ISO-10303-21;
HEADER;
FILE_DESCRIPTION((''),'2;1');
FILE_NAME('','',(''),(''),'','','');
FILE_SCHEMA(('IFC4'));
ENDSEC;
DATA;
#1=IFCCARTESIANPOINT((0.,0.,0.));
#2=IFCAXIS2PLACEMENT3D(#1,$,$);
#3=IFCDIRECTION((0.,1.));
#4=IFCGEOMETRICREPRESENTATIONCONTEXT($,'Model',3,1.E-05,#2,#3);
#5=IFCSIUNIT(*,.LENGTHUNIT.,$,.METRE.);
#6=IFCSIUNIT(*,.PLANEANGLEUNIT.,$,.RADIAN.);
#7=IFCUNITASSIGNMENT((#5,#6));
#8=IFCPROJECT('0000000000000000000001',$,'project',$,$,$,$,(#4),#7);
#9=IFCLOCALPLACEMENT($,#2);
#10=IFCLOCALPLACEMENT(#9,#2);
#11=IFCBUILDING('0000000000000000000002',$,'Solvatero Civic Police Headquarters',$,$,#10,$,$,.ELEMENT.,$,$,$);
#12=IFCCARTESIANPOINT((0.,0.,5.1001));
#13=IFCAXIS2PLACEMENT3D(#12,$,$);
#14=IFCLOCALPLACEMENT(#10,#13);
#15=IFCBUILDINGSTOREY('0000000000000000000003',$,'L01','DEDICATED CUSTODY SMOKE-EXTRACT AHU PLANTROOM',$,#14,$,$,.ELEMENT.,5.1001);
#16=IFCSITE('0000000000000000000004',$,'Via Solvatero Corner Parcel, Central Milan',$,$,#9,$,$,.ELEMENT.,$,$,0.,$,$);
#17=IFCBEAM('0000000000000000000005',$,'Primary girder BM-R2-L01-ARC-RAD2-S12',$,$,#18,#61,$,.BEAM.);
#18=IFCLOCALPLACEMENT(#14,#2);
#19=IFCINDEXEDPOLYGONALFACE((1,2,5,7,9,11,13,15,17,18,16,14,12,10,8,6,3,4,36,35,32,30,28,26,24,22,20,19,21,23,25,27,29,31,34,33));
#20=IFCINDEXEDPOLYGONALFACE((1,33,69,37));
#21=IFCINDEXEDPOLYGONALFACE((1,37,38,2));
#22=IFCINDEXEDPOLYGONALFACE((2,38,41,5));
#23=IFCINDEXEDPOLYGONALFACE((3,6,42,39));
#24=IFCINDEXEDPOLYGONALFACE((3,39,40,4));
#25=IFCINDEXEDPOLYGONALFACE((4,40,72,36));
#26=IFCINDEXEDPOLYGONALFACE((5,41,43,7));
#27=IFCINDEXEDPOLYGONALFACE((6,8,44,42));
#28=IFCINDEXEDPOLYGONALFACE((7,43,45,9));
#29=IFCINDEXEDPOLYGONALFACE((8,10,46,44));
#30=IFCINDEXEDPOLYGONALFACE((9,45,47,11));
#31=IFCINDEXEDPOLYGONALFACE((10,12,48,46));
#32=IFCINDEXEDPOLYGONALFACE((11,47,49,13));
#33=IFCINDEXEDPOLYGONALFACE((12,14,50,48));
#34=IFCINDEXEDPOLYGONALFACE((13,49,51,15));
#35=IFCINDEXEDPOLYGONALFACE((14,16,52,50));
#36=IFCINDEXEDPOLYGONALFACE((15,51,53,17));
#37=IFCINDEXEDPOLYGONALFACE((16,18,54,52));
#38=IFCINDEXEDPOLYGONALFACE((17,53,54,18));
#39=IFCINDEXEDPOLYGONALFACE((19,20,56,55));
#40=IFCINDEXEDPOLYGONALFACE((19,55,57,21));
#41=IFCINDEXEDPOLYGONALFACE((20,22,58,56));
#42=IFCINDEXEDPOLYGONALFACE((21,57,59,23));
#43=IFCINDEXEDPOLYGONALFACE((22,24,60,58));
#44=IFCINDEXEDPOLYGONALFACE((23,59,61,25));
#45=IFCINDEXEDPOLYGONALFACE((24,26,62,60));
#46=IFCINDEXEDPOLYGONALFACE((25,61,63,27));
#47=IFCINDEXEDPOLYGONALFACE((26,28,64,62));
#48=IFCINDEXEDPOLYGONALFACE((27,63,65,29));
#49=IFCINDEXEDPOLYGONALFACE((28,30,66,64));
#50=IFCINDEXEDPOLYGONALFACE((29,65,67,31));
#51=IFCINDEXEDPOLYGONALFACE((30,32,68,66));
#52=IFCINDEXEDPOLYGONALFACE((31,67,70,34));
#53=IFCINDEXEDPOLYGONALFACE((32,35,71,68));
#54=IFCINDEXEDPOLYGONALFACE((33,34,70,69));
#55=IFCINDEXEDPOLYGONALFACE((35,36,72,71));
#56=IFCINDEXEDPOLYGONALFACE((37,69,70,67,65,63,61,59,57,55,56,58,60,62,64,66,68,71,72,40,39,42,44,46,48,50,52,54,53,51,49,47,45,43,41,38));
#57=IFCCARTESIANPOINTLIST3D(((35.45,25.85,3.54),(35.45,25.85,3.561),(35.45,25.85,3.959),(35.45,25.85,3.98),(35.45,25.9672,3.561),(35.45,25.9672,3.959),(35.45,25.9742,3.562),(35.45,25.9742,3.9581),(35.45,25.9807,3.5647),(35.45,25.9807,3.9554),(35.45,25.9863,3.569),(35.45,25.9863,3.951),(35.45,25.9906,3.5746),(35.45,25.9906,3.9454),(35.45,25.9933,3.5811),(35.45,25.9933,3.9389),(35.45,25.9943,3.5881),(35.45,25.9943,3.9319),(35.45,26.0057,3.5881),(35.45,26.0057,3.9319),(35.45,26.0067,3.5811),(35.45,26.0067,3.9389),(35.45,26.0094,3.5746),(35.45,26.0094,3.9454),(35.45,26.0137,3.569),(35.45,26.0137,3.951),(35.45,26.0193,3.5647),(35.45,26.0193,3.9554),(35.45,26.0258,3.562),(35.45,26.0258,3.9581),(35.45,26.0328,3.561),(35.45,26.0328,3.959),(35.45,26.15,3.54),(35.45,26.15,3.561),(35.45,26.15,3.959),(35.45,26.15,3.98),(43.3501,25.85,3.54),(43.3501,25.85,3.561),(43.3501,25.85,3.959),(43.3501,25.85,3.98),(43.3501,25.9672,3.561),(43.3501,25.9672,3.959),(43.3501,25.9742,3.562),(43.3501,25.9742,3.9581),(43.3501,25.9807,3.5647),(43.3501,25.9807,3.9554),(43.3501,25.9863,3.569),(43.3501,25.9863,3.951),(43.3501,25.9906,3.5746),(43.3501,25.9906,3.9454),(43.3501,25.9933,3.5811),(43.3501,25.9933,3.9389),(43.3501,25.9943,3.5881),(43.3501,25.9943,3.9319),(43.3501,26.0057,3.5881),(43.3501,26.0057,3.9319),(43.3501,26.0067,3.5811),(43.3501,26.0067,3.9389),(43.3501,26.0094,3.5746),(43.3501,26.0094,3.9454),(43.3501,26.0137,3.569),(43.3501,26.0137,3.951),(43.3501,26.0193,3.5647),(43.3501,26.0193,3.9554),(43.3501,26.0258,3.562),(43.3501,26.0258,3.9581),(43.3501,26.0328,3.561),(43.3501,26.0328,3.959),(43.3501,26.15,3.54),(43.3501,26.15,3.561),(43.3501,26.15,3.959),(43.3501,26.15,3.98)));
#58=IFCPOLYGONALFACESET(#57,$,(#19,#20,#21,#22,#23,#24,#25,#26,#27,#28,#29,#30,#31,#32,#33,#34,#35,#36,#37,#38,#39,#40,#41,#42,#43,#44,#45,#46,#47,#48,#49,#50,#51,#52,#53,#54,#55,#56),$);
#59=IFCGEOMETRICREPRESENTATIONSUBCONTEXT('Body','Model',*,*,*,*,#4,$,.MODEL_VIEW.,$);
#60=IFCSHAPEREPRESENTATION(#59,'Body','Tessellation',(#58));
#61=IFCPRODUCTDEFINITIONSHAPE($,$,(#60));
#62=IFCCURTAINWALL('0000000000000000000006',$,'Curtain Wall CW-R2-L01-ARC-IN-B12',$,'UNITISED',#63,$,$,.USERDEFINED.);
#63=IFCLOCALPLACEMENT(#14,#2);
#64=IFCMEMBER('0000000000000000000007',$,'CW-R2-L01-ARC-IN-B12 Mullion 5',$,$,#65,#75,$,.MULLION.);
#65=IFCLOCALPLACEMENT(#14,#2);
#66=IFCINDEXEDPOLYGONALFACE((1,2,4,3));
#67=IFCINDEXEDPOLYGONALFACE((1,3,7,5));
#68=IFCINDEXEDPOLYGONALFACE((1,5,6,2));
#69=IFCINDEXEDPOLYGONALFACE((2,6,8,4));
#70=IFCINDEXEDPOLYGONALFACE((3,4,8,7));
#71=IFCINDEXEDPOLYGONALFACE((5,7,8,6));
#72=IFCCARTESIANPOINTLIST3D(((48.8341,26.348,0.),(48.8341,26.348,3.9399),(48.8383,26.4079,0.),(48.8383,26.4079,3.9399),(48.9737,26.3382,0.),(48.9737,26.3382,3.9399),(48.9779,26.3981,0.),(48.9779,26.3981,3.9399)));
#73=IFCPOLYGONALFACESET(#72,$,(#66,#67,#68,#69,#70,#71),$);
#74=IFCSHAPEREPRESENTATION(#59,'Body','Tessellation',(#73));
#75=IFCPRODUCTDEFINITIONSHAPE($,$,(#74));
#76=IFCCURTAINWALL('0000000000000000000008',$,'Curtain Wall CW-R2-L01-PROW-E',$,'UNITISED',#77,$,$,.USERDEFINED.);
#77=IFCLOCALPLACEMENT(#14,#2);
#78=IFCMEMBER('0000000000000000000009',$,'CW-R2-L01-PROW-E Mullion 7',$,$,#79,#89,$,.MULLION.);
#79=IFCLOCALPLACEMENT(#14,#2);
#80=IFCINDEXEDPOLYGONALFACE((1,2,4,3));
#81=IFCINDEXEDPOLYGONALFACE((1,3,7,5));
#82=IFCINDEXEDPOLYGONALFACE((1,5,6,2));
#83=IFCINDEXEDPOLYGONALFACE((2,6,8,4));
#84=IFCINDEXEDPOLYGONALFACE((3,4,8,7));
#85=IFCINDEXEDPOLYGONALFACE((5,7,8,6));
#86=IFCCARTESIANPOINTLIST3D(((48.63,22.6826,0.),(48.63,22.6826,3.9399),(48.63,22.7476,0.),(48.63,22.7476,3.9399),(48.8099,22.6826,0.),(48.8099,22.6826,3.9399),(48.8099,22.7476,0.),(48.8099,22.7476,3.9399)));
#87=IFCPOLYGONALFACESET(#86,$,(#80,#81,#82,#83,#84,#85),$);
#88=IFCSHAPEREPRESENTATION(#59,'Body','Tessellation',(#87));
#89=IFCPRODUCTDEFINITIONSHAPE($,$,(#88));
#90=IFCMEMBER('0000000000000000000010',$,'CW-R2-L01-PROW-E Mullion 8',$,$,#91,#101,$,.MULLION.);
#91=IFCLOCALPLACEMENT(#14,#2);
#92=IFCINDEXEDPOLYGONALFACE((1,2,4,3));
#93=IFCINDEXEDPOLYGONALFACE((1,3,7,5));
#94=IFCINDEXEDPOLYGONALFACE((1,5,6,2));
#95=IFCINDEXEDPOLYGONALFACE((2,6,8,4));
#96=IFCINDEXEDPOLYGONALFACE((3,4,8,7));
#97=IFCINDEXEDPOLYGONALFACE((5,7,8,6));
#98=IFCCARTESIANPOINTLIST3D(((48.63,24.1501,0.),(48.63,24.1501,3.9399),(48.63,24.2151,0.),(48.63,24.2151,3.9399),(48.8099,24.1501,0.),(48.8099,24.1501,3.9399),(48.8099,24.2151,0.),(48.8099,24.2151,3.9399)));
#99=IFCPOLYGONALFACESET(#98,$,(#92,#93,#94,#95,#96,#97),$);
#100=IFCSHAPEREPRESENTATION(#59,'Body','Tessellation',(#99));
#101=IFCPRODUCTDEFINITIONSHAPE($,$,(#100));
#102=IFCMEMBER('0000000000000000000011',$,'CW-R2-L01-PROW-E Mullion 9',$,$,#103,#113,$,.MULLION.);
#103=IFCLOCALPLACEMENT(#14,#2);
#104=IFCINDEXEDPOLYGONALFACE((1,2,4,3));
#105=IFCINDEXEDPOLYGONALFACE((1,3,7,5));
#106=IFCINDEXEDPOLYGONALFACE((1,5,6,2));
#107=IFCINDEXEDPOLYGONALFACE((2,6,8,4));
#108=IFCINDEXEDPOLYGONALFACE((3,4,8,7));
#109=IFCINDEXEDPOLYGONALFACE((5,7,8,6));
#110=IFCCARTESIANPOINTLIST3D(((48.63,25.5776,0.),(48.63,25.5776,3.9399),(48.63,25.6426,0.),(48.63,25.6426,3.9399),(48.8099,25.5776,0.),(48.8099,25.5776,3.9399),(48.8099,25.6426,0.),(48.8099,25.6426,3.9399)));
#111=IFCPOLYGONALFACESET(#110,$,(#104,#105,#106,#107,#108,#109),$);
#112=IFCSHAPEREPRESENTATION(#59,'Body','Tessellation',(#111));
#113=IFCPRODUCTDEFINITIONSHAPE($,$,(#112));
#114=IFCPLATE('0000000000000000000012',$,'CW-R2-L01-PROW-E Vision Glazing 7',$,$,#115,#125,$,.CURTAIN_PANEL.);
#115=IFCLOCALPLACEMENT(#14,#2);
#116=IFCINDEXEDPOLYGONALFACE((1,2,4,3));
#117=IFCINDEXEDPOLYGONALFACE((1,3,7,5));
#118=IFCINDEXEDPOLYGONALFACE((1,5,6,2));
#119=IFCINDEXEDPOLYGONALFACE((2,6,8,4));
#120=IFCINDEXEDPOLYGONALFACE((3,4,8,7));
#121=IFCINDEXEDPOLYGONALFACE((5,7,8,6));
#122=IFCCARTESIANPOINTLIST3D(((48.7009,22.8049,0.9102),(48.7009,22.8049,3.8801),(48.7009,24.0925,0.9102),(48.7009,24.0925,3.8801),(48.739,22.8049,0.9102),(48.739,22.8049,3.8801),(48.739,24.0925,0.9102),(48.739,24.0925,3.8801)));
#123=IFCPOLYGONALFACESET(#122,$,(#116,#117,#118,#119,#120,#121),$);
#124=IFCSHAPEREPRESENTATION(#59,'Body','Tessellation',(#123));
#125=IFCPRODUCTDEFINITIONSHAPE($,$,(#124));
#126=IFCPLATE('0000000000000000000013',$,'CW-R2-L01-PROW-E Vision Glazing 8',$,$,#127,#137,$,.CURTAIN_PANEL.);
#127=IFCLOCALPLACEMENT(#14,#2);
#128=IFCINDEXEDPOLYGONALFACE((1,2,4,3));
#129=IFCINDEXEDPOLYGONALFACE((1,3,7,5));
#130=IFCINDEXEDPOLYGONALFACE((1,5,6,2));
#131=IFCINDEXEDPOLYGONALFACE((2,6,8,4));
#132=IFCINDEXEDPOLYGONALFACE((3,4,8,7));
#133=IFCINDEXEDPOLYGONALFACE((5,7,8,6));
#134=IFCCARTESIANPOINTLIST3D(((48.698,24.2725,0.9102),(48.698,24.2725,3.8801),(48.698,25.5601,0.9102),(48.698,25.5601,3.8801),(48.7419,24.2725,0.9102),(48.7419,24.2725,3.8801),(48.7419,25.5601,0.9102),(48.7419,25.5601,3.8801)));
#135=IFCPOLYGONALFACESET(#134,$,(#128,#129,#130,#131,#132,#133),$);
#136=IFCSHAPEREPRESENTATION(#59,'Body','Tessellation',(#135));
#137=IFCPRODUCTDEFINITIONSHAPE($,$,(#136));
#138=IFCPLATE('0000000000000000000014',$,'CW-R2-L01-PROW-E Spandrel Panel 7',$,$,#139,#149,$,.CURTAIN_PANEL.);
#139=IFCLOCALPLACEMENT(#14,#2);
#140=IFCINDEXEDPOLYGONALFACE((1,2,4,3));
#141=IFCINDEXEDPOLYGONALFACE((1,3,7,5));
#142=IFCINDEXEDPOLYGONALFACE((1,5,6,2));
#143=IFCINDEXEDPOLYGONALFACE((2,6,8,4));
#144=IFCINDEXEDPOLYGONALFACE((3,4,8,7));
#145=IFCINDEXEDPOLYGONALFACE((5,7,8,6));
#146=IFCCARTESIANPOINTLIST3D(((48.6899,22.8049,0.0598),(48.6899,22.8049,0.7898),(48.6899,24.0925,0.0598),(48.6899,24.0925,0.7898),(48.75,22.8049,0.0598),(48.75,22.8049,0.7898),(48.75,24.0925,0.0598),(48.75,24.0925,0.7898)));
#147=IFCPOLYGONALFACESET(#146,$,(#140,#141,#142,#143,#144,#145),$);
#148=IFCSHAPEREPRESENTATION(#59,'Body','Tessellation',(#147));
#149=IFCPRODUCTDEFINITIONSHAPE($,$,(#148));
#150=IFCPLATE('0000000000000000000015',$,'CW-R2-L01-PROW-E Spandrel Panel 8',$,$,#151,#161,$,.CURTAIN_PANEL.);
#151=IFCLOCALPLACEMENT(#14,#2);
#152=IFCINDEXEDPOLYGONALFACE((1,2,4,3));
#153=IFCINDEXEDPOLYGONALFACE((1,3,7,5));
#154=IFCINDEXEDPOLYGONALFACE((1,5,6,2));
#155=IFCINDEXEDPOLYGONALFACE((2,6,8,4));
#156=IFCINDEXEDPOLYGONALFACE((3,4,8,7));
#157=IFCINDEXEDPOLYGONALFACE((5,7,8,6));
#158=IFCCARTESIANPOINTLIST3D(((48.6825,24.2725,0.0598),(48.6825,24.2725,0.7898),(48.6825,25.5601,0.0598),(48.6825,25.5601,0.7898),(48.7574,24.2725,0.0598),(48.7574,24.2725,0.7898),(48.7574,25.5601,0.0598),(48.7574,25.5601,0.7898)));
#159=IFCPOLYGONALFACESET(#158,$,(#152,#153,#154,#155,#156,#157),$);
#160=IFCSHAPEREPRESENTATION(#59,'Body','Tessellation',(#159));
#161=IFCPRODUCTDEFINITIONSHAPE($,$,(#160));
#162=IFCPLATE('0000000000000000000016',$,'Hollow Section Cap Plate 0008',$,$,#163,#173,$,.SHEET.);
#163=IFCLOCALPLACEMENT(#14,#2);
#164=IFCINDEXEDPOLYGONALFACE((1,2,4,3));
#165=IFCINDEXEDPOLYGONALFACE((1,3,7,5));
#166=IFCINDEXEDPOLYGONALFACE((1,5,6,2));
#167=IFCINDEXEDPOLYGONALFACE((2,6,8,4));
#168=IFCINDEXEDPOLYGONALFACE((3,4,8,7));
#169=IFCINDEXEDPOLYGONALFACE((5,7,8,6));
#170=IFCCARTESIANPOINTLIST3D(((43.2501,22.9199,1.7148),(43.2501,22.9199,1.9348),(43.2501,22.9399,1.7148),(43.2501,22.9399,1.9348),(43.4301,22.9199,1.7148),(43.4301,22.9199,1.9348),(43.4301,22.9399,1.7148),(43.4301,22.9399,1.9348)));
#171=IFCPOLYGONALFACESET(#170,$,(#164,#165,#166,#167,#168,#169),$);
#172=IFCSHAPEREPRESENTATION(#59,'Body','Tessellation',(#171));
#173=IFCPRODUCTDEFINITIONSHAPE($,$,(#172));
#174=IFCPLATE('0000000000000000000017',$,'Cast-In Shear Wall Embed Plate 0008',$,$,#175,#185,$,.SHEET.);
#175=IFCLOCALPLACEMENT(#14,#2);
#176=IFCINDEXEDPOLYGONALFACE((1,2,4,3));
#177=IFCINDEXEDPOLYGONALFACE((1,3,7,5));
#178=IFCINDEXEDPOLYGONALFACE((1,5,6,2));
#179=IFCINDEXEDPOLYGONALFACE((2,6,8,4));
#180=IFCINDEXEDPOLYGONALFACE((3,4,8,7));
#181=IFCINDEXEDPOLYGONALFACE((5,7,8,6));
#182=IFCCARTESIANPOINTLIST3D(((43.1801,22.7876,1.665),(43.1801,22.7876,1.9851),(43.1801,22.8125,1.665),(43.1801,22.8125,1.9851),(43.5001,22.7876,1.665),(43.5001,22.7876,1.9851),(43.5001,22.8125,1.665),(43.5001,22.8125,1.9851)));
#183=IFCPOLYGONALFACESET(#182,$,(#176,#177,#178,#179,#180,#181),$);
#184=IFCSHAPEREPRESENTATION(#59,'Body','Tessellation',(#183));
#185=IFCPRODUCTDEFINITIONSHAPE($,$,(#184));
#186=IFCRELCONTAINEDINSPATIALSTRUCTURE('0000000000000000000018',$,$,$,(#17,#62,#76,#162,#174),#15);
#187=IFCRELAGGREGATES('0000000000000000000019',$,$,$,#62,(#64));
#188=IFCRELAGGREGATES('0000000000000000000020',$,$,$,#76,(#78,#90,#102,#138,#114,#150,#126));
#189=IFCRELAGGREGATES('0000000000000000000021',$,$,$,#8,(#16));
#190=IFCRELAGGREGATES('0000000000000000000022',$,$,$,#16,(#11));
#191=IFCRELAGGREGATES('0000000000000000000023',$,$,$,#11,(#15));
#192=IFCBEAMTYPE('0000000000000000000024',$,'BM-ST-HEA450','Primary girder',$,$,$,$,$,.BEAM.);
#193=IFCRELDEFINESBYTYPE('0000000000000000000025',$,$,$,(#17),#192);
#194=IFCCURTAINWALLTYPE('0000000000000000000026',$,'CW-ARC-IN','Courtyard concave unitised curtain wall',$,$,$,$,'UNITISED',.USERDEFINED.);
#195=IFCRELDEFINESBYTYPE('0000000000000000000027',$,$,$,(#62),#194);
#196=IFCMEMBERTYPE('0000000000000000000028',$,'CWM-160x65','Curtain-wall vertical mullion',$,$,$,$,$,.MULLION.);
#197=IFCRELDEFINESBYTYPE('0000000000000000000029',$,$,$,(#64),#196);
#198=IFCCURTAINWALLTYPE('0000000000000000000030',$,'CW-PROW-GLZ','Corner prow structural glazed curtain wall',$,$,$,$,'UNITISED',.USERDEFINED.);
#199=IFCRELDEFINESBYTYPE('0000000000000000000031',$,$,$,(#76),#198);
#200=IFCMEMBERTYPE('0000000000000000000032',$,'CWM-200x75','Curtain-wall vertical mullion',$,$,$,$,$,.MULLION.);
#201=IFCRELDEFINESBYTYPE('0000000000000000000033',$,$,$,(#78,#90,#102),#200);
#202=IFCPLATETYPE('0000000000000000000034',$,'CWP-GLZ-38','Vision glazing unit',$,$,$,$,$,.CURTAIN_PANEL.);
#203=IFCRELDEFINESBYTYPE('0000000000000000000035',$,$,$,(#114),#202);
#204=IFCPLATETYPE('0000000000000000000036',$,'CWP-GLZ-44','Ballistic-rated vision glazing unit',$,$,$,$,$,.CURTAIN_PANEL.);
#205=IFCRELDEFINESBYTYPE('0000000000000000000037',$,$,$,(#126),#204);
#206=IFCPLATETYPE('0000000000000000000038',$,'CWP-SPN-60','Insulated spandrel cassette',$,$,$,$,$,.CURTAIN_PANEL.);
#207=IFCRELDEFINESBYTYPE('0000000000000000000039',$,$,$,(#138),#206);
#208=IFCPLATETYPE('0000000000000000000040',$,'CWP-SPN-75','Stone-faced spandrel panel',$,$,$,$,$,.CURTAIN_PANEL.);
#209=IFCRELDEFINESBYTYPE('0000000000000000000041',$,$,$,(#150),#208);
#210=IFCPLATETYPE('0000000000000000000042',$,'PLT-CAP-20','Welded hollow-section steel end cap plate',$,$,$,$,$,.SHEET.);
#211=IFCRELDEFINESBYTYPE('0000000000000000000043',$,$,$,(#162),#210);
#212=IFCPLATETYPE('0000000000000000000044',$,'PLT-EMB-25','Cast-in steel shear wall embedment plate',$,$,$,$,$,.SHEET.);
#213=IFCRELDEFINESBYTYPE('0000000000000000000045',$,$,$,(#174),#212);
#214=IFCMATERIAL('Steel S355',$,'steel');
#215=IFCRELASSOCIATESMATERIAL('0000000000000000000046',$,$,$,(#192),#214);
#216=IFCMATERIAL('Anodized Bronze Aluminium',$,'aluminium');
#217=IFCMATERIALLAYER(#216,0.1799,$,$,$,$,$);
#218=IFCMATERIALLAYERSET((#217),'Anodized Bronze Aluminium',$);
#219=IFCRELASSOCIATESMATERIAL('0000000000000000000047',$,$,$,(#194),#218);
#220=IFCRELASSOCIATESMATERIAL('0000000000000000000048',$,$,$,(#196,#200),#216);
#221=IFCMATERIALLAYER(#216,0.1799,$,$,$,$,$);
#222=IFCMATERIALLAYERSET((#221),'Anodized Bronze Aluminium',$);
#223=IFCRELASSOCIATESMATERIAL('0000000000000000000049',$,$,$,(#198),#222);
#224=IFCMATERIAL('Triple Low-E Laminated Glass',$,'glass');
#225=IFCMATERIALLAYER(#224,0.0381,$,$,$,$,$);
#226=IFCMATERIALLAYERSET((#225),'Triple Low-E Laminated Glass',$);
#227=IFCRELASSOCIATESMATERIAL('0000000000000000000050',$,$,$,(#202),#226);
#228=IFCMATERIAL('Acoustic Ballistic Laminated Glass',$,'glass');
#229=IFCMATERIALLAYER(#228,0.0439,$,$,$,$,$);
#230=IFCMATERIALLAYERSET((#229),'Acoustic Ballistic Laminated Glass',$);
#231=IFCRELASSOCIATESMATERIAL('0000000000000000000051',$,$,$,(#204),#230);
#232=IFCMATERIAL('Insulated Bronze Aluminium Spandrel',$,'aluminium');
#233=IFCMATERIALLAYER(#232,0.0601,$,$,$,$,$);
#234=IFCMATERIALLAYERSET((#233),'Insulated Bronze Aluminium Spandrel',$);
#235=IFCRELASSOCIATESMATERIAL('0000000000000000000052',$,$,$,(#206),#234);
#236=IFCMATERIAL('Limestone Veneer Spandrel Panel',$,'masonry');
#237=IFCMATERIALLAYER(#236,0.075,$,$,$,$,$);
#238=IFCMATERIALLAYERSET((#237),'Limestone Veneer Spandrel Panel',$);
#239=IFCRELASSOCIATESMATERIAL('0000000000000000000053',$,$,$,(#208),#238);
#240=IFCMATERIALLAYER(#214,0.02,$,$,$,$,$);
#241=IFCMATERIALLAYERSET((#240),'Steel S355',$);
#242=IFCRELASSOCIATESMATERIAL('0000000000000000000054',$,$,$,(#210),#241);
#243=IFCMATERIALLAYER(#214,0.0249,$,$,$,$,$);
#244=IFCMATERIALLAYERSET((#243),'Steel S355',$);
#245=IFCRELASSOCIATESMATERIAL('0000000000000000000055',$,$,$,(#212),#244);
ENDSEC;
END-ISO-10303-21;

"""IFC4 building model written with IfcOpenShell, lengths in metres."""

from ifc_helpers import new_model, si_unit, direction, frame, origin, origin_2d, place, context, subcontext, project, spatial, rectangle, i_section, extrude, material, layer, layer_set, material_profile, profile_set, type_object, element, aggregate, save


model = new_model("IFC4")

# Units and contexts
model_context = context("Model", 3, precision=1e-05, world=origin(), true_north=direction((0.0, 1.0)))
body_context = subcontext(model_context, "Body", "Model", "MODEL_VIEW")
ifc_project = project(units=[si_unit("LENGTHUNIT", "METRE"), si_unit("PLANEANGLEUNIT", "RADIAN")], contexts=[model_context])

# Site, building, storey
site_placement = place(None, origin())
site = spatial("IfcSite", under=ifc_project, at=site_placement, Name="Via Solvatero Corner Parcel, Central Milan", CompositionType="ELEMENT", RefElevation=0.0)
building_placement = place(site_placement, origin())
building = spatial("IfcBuilding", under=site, at=building_placement, Name="Solvatero Civic Police Headquarters", CompositionType="ELEMENT")
storey_placement = place(building_placement, frame((0.0, 0.0, 5.1001)))
storey = spatial("IfcBuildingStorey", under=building, at=storey_placement, Name="L01", Description="DEDICATED CUSTODY SMOKE-EXTRACT AHU PLANTROOM", CompositionType="ELEMENT", Elevation=5.1001)

# Shared definitions
ifc_material_1 = material(Name="Steel S355", Category="steel")

# Beam
ifc_material_profile_1 = material_profile(ifc_material_1, i_section(OverallWidth=0.3, OverallDepth=0.4399, WebThickness=0.0115, FlangeThickness=0.021, FilletRadius=0.0271, at=origin_2d()), Name="HEA 450")
ifc_profile_set_1 = profile_set([ifc_material_profile_1], Name="Steel S355")
beam_type_1 = type_object("IfcBeamType", Name="BM-ST-HEA450", Description="Primary girder", PredefinedType="BEAM", material=ifc_profile_set_1)
beam_1_placement = place(storey_placement, frame((43.3501, 26.0, 3.76), z_axis=(-1.0, 0.0, 0.0), x_axis=(0.0, -1.0, 0.0)))
element("IfcBeam", 1, at=beam_1_placement, inside=storey, type_object=beam_type_1, Name="Primary girder BM-R2-L01-ARC-RAD2-S12", PredefinedType="BEAM", context=body_context, shape_type="SweptSolid", body=[
    extrude(i_section(OverallWidth=0.3, OverallDepth=0.4399, WebThickness=0.0115, FlangeThickness=0.021, FilletRadius=0.0271, at=origin_2d()), origin(), (0.0, 0.0, 1.0), 7.9001),
])

# Curtain wall, member
ifc_material_2 = material(Name="Anodized Bronze Aluminium", Category="aluminium")
ifc_layer_1 = layer(ifc_material_2, 0.1799)
ifc_layer_set_1 = layer_set([ifc_layer_1], Name="Anodized Bronze Aluminium")
curtain_wall_type_1 = type_object("IfcCurtainWallType", Name="CW-ARC-IN", Description="Courtyard concave unitised curtain wall", ElementType="UNITISED", PredefinedType="USERDEFINED", material=ifc_layer_set_1)
curtain_wall_1_placement = place(storey_placement, origin())
curtain_wall_1 = element("IfcCurtainWall", 2, at=curtain_wall_1_placement, inside=storey, type_object=curtain_wall_type_1, Name="Curtain Wall CW-R2-L01-ARC-IN-B12", ObjectType="UNITISED", PredefinedType="USERDEFINED")
ifc_material_profile_2 = material_profile(ifc_material_2, rectangle(XDim=0.0601, YDim=0.1399, at=origin_2d()), Name="ALU MULLION 60x140")
ifc_profile_set_2 = profile_set([ifc_material_profile_2], Name="Anodized Bronze Aluminium")
member_type_1 = type_object("IfcMemberType", Name="CWM-160x65", Description="Curtain-wall vertical mullion", PredefinedType="MULLION", material=ifc_profile_set_2)
member_1_placement = place(storey_placement, frame((48.906, 26.373, 0.0), z_axis=(0.0, 0.0, 1.0), x_axis=(-0.069739, -0.997565, 0.0)))
member_1 = element("IfcMember", 3, at=member_1_placement, type_object=member_type_1, Name="CW-R2-L01-ARC-IN-B12 Mullion 5", PredefinedType="MULLION", context=body_context, shape_type="SweptSolid", body=[
    extrude(rectangle(XDim=0.0601, YDim=0.1399, at=origin_2d()), origin(), (0.0, 0.0, 1.0), 3.9399),
])
aggregate(curtain_wall_1, [member_1])

# Curtain wall, members, plates
ifc_layer_2 = layer(ifc_material_2, 0.1799)
ifc_layer_set_2 = layer_set([ifc_layer_2], Name="Anodized Bronze Aluminium")
curtain_wall_type_2 = type_object("IfcCurtainWallType", Name="CW-PROW-GLZ", Description="Corner prow structural glazed curtain wall", ElementType="UNITISED", PredefinedType="USERDEFINED", material=ifc_layer_set_2)
curtain_wall_2_placement = place(storey_placement, origin())
curtain_wall_2 = element("IfcCurtainWall", 4, at=curtain_wall_2_placement, inside=storey, type_object=curtain_wall_type_2, Name="Curtain Wall CW-R2-L01-PROW-E", ObjectType="UNITISED", PredefinedType="USERDEFINED")
ifc_material_profile_3 = material_profile(ifc_material_2, rectangle(XDim=0.0649, YDim=0.1799, at=origin_2d()), Name="ALU MULLION 65x180")
ifc_profile_set_3 = profile_set([ifc_material_profile_3], Name="Anodized Bronze Aluminium")
member_type_2 = type_object("IfcMemberType", Name="CWM-200x75", Description="Curtain-wall vertical mullion", PredefinedType="MULLION", material=ifc_profile_set_3)
member_2_placement = place(storey_placement, frame((48.72, 22.7151, 0.0), z_axis=(0.0, 0.0, 1.0), x_axis=(0.0, 1.0, 0.0)))
member_2 = element("IfcMember", 5, at=member_2_placement, type_object=member_type_2, Name="CW-R2-L01-PROW-E Mullion 7", PredefinedType="MULLION", context=body_context, shape_type="SweptSolid", body=[
    extrude(rectangle(XDim=0.0649, YDim=0.1799, at=origin_2d()), origin(), (0.0, 0.0, 1.0), 3.9399),
])
member_3_placement = place(storey_placement, frame((48.72, 24.1826, 0.0), z_axis=(0.0, 0.0, 1.0), x_axis=(0.0, 1.0, 0.0)))
member_3 = element("IfcMember", 6, at=member_3_placement, type_object=member_type_2, Name="CW-R2-L01-PROW-E Mullion 8", PredefinedType="MULLION", context=body_context, shape_type="SweptSolid", body=[
    extrude(rectangle(XDim=0.0649, YDim=0.1799, at=origin_2d()), origin(), (0.0, 0.0, 1.0), 3.9399),
])
member_4_placement = place(storey_placement, frame((48.72, 25.6101, 0.0), z_axis=(0.0, 0.0, 1.0), x_axis=(0.0, 1.0, 0.0)))
member_4 = element("IfcMember", 7, at=member_4_placement, type_object=member_type_2, Name="CW-R2-L01-PROW-E Mullion 9", PredefinedType="MULLION", context=body_context, shape_type="SweptSolid", body=[
    extrude(rectangle(XDim=0.0649, YDim=0.1799, at=origin_2d()), origin(), (0.0, 0.0, 1.0), 3.9399),
])
ifc_material_3 = material(Name="Triple Low-E Laminated Glass", Category="glass")
ifc_layer_3 = layer(ifc_material_3, 0.0381)
ifc_layer_set_3 = layer_set([ifc_layer_3], Name="Triple Low-E Laminated Glass")
plate_type_1 = type_object("IfcPlateType", Name="CWP-GLZ-38", Description="Vision glazing unit", PredefinedType="CURTAIN_PANEL", material=ifc_layer_set_3)
plate_1_placement = place(storey_placement, frame((48.72, 23.4487, 0.9102), z_axis=(0.0, 0.0, 1.0), x_axis=(0.0, 1.0, 0.0)))
plate_1 = element("IfcPlate", 8, at=plate_1_placement, type_object=plate_type_1, Name="CW-R2-L01-PROW-E Vision Glazing 7", PredefinedType="CURTAIN_PANEL", context=body_context, shape_type="SweptSolid", body=[
    extrude(rectangle(XDim=1.2876, YDim=0.0381, at=origin_2d()), origin(), (0.0, 0.0, 1.0), 2.97),
])
ifc_material_4 = material(Name="Acoustic Ballistic Laminated Glass", Category="glass")
ifc_layer_4 = layer(ifc_material_4, 0.0439)
ifc_layer_set_4 = layer_set([ifc_layer_4], Name="Acoustic Ballistic Laminated Glass")
plate_type_2 = type_object("IfcPlateType", Name="CWP-GLZ-44", Description="Ballistic-rated vision glazing unit", PredefinedType="CURTAIN_PANEL", material=ifc_layer_set_4)
plate_2_placement = place(storey_placement, frame((48.72, 24.9163, 0.9102), z_axis=(0.0, 0.0, 1.0), x_axis=(0.0, 1.0, 0.0)))
plate_2 = element("IfcPlate", 9, at=plate_2_placement, type_object=plate_type_2, Name="CW-R2-L01-PROW-E Vision Glazing 8", PredefinedType="CURTAIN_PANEL", context=body_context, shape_type="SweptSolid", body=[
    extrude(rectangle(XDim=1.2876, YDim=0.0439, at=origin_2d()), origin(), (0.0, 0.0, 1.0), 2.97),
])
ifc_material_5 = material(Name="Insulated Bronze Aluminium Spandrel", Category="aluminium")
ifc_layer_5 = layer(ifc_material_5, 0.0601)
ifc_layer_set_5 = layer_set([ifc_layer_5], Name="Insulated Bronze Aluminium Spandrel")
plate_type_3 = type_object("IfcPlateType", Name="CWP-SPN-60", Description="Insulated spandrel cassette", PredefinedType="CURTAIN_PANEL", material=ifc_layer_set_5)
plate_3_placement = place(storey_placement, frame((48.72, 23.4487, 0.0598), z_axis=(0.0, 0.0, 1.0), x_axis=(0.0, 1.0, 0.0)))
plate_3 = element("IfcPlate", 10, at=plate_3_placement, type_object=plate_type_3, Name="CW-R2-L01-PROW-E Spandrel Panel 7", PredefinedType="CURTAIN_PANEL", context=body_context, shape_type="SweptSolid", body=[
    extrude(rectangle(XDim=1.2876, YDim=0.0601, at=origin_2d()), origin(), (0.0, 0.0, 1.0), 0.73),
])
ifc_material_6 = material(Name="Limestone Veneer Spandrel Panel", Category="masonry")
ifc_layer_6 = layer(ifc_material_6, 0.075)
ifc_layer_set_6 = layer_set([ifc_layer_6], Name="Limestone Veneer Spandrel Panel")
plate_type_4 = type_object("IfcPlateType", Name="CWP-SPN-75", Description="Stone-faced spandrel panel", PredefinedType="CURTAIN_PANEL", material=ifc_layer_set_6)
plate_4_placement = place(storey_placement, frame((48.72, 24.9163, 0.0598), z_axis=(0.0, 0.0, 1.0), x_axis=(0.0, 1.0, 0.0)))
plate_4 = element("IfcPlate", 11, at=plate_4_placement, type_object=plate_type_4, Name="CW-R2-L01-PROW-E Spandrel Panel 8", PredefinedType="CURTAIN_PANEL", context=body_context, shape_type="SweptSolid", body=[
    extrude(rectangle(XDim=1.2876, YDim=0.075, at=origin_2d()), origin(), (0.0, 0.0, 1.0), 0.73),
])
aggregate(curtain_wall_2, [member_2, member_3, member_4, plate_3, plate_1, plate_4, plate_2])

# Plates
ifc_layer_7 = layer(ifc_material_1, 0.02)
ifc_layer_set_7 = layer_set([ifc_layer_7], Name="Steel S355")
plate_type_5 = type_object("IfcPlateType", Name="PLT-CAP-20", Description="Welded hollow-section steel end cap plate", PredefinedType="SHEET", material=ifc_layer_set_7)
plate_5_placement = place(storey_placement, frame((43.3401, 22.9299, 1.7148), z_axis=(0.0, 0.0, 1.0), x_axis=(1.0, 0.0, 0.0)))
element("IfcPlate", 12, at=plate_5_placement, inside=storey, type_object=plate_type_5, Name="Hollow Section Cap Plate 0008", PredefinedType="SHEET", context=body_context, shape_type="SweptSolid", body=[
    extrude(rectangle(XDim=0.1799, YDim=0.02, at=origin_2d()), origin(), (0.0, 0.0, 1.0), 0.22),
])
ifc_layer_8 = layer(ifc_material_1, 0.0249)
ifc_layer_set_8 = layer_set([ifc_layer_8], Name="Steel S355")
plate_type_6 = type_object("IfcPlateType", Name="PLT-EMB-25", Description="Cast-in steel shear wall embedment plate", PredefinedType="SHEET", material=ifc_layer_set_8)
plate_6_placement = place(storey_placement, frame((43.3401, 22.8, 1.665), z_axis=(0.0, 0.0, 1.0), x_axis=(1.0, 0.0, 0.0)))
element("IfcPlate", 13, at=plate_6_placement, inside=storey, type_object=plate_type_6, Name="Cast-In Shear Wall Embed Plate 0008", PredefinedType="SHEET", context=body_context, shape_type="SweptSolid", body=[
    extrude(rectangle(XDim=0.3201, YDim=0.0249, at=origin_2d()), origin(), (0.0, 0.0, 1.0), 0.3201),
])

save(model, "model.ifc")
